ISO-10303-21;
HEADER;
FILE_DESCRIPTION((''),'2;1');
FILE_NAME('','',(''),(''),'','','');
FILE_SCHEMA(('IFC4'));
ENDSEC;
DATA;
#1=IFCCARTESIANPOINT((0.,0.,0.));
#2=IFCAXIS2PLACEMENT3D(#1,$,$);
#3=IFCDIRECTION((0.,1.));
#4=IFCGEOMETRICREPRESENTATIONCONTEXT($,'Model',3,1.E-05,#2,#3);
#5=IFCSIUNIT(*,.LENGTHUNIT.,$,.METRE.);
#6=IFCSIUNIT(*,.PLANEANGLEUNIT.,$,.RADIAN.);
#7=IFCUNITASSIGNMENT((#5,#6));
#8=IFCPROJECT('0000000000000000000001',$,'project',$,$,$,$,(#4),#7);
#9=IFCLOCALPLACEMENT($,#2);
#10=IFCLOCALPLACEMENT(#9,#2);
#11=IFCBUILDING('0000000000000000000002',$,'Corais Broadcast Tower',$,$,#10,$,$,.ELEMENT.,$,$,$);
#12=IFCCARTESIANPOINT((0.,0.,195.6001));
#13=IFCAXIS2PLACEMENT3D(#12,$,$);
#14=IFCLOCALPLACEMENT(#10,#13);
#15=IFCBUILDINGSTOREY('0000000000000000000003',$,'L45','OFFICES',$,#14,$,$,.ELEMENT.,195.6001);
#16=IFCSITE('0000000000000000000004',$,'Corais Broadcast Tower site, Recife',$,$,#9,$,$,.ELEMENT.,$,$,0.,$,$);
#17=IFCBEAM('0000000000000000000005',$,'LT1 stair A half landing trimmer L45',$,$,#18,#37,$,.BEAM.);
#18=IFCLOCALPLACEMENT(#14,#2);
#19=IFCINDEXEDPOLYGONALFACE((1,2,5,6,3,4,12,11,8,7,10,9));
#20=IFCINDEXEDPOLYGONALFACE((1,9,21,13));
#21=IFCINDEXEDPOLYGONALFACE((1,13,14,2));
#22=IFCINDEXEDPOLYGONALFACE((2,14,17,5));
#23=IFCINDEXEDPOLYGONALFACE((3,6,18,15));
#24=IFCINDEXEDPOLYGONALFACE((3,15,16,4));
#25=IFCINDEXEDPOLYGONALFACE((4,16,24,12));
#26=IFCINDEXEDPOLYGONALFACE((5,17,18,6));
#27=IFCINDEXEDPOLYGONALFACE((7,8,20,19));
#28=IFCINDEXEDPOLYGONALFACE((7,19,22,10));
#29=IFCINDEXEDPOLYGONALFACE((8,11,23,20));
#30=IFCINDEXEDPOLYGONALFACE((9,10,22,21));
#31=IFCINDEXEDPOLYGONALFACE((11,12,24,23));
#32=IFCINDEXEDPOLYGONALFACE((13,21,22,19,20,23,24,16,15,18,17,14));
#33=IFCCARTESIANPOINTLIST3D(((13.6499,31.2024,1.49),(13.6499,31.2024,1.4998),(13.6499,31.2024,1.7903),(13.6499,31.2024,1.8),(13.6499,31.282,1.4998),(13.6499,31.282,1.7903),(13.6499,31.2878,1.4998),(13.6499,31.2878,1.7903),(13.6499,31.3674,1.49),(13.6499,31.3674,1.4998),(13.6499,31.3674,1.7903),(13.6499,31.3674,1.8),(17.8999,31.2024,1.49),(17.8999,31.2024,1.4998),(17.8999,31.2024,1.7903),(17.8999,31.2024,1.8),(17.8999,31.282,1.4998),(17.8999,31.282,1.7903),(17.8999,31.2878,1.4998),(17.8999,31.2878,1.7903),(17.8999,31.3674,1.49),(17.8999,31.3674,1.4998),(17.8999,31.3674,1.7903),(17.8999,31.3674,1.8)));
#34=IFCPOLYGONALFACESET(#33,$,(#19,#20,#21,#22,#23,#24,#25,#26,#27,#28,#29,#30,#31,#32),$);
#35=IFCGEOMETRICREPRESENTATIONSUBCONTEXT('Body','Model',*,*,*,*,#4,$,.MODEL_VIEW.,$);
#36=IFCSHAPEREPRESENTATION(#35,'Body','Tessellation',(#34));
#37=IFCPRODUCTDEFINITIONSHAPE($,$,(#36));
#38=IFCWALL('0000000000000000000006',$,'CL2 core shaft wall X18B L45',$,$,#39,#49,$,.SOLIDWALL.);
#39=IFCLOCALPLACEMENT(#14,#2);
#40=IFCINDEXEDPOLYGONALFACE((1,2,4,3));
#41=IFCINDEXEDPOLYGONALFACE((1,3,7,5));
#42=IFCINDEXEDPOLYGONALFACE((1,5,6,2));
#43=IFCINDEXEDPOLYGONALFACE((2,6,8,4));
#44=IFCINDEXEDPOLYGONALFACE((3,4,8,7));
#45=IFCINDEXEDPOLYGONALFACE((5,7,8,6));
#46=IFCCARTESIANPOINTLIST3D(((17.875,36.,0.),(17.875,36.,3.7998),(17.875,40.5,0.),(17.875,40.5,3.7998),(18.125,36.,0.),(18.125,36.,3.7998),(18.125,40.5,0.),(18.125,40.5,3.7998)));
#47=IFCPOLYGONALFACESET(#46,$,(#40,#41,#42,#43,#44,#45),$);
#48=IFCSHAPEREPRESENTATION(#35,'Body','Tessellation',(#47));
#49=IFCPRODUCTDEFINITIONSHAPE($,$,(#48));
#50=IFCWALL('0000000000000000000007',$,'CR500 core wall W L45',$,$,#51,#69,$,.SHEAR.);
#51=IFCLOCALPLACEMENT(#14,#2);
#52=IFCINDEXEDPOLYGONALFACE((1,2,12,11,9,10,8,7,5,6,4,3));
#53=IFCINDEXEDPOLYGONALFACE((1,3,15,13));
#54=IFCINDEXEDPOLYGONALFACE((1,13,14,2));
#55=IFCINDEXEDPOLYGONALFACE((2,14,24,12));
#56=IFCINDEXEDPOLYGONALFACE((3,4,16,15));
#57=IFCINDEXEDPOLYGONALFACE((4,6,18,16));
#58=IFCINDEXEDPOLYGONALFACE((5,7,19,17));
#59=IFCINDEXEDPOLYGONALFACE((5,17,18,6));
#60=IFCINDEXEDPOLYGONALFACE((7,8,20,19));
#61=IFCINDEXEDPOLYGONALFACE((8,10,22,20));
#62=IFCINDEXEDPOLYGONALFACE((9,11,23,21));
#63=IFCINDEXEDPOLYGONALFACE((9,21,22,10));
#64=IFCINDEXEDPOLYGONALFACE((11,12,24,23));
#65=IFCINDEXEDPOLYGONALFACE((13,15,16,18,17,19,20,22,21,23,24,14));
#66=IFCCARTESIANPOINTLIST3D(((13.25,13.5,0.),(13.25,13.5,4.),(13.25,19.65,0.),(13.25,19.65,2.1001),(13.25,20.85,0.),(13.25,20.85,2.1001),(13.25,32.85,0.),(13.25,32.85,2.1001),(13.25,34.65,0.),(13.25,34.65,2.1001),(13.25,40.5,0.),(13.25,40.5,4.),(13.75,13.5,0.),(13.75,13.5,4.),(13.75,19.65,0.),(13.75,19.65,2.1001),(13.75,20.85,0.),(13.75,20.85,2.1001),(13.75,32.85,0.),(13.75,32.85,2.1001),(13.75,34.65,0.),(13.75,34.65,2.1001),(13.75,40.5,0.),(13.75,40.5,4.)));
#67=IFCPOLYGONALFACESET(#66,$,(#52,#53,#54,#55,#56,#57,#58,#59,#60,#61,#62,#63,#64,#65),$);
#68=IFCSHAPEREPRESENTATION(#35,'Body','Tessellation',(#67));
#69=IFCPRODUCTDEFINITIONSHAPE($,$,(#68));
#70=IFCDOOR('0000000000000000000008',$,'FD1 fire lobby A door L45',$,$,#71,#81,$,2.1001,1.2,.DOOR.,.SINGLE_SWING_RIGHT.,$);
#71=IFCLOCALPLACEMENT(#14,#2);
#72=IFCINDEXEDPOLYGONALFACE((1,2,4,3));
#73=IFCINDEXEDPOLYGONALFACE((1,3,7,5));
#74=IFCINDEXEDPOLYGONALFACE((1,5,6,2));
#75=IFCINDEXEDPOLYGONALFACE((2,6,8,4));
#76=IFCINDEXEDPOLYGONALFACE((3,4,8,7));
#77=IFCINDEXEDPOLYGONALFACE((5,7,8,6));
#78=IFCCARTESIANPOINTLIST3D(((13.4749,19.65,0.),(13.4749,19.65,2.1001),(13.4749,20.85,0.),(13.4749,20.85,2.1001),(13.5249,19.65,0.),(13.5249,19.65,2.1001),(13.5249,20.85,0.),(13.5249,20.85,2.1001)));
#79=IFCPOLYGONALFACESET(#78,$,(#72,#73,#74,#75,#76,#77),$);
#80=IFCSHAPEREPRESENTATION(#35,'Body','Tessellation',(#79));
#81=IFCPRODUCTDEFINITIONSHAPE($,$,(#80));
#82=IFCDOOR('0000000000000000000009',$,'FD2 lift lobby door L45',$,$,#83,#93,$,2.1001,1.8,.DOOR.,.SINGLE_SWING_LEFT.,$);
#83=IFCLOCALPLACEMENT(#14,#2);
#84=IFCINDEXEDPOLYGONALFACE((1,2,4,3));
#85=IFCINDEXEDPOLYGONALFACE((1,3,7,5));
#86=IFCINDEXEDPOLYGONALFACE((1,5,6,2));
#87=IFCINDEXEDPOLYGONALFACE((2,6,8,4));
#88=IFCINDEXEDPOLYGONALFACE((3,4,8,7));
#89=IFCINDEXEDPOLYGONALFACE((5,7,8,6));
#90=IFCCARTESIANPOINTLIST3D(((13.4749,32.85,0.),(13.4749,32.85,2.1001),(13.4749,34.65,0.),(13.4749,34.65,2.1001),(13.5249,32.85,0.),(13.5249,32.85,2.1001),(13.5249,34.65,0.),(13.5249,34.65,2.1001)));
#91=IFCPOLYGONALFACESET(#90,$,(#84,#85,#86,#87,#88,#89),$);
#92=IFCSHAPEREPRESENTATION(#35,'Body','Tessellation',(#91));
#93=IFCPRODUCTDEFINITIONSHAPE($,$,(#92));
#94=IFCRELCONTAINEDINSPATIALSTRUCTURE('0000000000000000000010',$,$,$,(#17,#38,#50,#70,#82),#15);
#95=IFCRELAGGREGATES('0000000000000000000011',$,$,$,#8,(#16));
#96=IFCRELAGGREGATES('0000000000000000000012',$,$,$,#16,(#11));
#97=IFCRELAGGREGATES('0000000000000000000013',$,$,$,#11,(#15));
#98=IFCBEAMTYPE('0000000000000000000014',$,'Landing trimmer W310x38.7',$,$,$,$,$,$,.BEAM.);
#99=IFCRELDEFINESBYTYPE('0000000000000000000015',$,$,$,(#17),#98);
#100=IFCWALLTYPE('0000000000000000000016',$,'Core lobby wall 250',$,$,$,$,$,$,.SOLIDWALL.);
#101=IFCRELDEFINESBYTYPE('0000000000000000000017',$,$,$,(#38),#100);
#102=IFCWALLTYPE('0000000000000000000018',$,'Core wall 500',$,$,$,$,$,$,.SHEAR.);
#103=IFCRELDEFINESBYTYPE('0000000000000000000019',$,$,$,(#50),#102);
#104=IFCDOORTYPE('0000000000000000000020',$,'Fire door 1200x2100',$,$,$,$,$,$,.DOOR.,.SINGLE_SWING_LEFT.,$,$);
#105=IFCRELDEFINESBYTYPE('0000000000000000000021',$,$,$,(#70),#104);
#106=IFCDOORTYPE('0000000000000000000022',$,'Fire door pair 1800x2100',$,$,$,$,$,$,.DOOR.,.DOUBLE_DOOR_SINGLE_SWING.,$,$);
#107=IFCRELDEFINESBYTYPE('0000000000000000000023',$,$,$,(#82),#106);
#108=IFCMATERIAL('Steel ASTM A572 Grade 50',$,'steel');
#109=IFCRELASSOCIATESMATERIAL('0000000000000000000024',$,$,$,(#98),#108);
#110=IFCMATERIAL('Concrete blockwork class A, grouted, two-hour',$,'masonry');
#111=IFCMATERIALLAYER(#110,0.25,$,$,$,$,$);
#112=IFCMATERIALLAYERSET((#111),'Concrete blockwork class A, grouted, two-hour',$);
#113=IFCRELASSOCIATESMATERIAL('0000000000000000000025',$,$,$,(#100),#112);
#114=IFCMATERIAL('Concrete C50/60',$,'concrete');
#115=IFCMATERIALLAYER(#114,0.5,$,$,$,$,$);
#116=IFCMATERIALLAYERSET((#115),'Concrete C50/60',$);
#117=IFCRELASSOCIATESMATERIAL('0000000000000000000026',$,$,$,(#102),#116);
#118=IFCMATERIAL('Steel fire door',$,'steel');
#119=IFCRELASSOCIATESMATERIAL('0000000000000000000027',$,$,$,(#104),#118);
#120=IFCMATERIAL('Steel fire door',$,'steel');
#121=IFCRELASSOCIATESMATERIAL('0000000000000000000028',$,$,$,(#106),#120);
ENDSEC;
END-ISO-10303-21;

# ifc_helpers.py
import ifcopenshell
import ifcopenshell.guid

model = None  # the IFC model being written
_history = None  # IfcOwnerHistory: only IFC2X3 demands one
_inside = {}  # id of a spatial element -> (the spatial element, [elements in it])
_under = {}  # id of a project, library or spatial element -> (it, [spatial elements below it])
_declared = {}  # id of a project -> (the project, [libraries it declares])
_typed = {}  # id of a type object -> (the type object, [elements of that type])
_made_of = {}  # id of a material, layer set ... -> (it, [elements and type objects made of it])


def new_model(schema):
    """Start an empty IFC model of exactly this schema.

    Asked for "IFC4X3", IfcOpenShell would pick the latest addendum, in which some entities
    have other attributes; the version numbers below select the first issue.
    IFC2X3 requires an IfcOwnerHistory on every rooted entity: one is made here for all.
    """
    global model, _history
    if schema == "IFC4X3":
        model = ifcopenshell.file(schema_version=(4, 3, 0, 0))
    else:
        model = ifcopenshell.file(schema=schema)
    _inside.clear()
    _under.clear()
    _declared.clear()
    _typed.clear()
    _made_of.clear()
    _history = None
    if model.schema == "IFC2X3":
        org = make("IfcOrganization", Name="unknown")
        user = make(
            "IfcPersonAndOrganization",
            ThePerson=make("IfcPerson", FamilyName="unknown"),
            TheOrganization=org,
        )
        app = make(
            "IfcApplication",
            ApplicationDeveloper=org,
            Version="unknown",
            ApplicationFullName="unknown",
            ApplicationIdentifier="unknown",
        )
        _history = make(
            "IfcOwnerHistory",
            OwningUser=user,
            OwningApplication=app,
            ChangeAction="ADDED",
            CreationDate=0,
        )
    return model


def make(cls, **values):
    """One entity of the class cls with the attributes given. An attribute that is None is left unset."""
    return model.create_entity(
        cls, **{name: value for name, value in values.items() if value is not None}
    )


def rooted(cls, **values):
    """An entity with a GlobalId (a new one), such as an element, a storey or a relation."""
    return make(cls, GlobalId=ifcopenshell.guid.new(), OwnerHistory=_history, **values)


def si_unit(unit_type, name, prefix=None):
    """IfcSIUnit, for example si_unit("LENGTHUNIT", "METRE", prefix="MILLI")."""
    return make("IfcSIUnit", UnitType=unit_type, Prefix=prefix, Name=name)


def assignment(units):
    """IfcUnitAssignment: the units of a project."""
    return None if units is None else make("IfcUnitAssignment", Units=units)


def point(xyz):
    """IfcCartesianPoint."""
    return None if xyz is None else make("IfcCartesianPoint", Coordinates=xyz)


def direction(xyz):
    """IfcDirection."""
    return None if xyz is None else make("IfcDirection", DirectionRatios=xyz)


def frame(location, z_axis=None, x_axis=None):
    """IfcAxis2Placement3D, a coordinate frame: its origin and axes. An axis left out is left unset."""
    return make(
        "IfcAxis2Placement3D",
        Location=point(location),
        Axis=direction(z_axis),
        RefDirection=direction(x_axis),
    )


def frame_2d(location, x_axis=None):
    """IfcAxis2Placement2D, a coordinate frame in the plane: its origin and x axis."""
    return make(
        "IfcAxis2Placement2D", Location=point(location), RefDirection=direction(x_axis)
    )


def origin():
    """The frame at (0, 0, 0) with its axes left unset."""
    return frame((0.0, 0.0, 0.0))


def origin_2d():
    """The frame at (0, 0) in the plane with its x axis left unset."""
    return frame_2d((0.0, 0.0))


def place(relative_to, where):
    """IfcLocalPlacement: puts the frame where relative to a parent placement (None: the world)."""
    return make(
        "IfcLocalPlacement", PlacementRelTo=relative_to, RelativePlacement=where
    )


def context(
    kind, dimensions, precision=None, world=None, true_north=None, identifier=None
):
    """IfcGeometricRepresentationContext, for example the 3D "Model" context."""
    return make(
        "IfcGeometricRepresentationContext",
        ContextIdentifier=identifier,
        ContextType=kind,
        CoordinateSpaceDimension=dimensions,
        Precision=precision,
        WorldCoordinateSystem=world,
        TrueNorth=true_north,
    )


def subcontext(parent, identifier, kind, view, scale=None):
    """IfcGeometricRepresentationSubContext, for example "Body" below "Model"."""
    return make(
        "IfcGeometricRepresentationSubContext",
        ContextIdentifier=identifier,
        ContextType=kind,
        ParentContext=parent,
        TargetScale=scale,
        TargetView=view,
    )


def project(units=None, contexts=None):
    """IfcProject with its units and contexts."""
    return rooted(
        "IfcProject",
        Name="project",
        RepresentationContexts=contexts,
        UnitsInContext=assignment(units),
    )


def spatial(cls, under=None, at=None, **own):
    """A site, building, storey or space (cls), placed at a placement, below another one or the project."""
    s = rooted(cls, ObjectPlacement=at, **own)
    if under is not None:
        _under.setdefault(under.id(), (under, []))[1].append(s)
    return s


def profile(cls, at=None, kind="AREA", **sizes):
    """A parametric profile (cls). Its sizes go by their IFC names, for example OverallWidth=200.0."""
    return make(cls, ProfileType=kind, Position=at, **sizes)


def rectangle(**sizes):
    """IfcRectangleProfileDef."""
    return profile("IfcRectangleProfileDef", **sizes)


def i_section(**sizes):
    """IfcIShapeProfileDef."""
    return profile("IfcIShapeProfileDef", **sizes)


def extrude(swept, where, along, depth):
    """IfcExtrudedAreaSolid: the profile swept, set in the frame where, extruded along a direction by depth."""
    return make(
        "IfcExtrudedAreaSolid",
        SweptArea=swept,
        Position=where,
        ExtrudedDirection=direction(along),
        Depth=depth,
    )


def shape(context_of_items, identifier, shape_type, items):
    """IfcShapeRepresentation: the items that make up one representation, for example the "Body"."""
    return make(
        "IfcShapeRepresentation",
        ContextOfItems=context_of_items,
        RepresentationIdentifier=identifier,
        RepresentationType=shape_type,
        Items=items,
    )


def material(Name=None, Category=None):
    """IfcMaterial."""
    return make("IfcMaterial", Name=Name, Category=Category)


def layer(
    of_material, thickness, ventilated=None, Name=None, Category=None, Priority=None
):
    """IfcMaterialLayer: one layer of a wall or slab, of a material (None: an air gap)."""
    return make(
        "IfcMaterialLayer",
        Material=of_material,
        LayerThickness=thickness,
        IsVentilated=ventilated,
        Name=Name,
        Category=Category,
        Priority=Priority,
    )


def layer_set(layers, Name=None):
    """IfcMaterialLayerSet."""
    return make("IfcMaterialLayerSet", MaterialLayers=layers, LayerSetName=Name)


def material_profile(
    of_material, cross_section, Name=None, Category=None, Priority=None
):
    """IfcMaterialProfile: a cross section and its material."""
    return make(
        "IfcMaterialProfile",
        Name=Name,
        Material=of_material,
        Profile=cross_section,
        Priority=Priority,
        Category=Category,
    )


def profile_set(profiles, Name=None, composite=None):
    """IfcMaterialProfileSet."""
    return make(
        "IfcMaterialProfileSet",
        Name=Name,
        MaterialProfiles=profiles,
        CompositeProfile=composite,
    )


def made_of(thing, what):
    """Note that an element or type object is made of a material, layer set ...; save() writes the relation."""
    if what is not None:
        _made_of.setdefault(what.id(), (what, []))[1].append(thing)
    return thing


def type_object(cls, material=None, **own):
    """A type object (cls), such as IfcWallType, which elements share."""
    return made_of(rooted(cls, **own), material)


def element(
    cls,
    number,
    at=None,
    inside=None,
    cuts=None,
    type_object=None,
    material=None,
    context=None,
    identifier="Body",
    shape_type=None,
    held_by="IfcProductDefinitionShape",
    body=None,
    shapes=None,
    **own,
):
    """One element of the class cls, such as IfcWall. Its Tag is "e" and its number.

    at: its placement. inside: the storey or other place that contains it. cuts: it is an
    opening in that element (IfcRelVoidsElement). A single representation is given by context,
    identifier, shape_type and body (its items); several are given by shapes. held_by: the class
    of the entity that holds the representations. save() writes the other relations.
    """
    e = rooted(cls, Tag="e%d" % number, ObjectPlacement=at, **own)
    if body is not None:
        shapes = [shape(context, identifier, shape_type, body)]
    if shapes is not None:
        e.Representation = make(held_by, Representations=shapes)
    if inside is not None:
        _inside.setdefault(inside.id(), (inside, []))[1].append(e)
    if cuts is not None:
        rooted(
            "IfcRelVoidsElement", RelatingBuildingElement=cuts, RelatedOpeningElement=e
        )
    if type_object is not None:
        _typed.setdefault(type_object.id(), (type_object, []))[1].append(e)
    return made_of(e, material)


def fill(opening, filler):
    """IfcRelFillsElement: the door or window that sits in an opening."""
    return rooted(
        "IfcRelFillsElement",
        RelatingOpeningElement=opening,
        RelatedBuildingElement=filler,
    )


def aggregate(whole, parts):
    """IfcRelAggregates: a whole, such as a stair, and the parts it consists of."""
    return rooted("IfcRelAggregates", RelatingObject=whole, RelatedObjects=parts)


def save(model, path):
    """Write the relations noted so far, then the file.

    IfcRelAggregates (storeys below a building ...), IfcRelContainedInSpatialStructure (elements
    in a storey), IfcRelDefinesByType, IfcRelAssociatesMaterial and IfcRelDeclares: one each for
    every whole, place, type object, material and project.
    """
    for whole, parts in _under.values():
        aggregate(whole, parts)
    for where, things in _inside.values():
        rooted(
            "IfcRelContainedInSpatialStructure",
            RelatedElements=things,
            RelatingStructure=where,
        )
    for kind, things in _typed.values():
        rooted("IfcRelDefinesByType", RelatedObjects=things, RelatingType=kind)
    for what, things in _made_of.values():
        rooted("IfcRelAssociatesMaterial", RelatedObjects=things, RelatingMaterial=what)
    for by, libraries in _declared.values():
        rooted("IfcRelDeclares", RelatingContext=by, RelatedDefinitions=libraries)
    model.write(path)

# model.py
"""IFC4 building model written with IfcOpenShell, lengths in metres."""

from ifc_helpers import new_model, si_unit, direction, frame, frame_2d, origin, origin_2d, place, context, subcontext, project, spatial, rectangle, i_section, extrude, material, layer, layer_set, material_profile, profile_set, type_object, element, fill, save


model = new_model("IFC4")

# Units and contexts
model_context = context("Model", 3, precision=1e-05, world=origin(), true_north=direction((0.0, 1.0)))
body_context = subcontext(model_context, "Body", "Model", "MODEL_VIEW")
ifc_project = project(units=[si_unit("LENGTHUNIT", "METRE"), si_unit("PLANEANGLEUNIT", "RADIAN")], contexts=[model_context])

# Site, building, storey
site_placement = place(None, origin())
site = spatial("IfcSite", under=ifc_project, at=site_placement, Name="Corais Broadcast Tower site, Recife", CompositionType="ELEMENT", RefElevation=0.0)
building_placement = place(site_placement, origin())
building = spatial("IfcBuilding", under=site, at=building_placement, Name="Corais Broadcast Tower", CompositionType="ELEMENT")
storey_placement = place(building_placement, frame((0.0, 0.0, 195.6001)))
storey = spatial("IfcBuildingStorey", under=building, at=storey_placement, Name="L45", Description="OFFICES", CompositionType="ELEMENT", Elevation=195.6001)

# Beam
ifc_material_1 = material(Name="Steel ASTM A572 Grade 50", Category="steel")
ifc_material_profile = material_profile(ifc_material_1, i_section(OverallWidth=0.165, OverallDepth=0.3101, WebThickness=0.0059, FlangeThickness=0.0098, at=origin_2d()), Name="W310x38.7")
ifc_profile_set = profile_set([ifc_material_profile], Name="Steel ASTM A572 Grade 50")
beam_type = type_object("IfcBeamType", Name="Landing trimmer W310x38.7", PredefinedType="BEAM", material=ifc_profile_set)
beam_placement = place(storey_placement, frame((13.6499, 31.2849, 1.645), z_axis=(1.0, 0.0, 0.0), x_axis=(0.0, 1.0, 0.0)))
element("IfcBeam", 1, at=beam_placement, inside=storey, type_object=beam_type, Name="LT1 stair A half landing trimmer L45", PredefinedType="BEAM", context=body_context, shape_type="SweptSolid", body=[
    extrude(i_section(OverallWidth=0.165, OverallDepth=0.3101, WebThickness=0.0059, FlangeThickness=0.0098, at=origin_2d()), origin(), (0.0, 0.0, 1.0), 4.25),
])

# Wall
ifc_material_2 = material(Name="Concrete blockwork class A, grouted, two-hour", Category="masonry")
ifc_layer_1 = layer(ifc_material_2, 0.25)
ifc_layer_set_1 = layer_set([ifc_layer_1], Name="Concrete blockwork class A, grouted, two-hour")
wall_type_1 = type_object("IfcWallType", Name="Core lobby wall 250", PredefinedType="SOLIDWALL", material=ifc_layer_set_1)
wall_1_placement = place(storey_placement, frame((18.0, 36.0, 0.0), z_axis=(0.0, 0.0, 1.0), x_axis=(0.0, 1.0, 0.0)))
element("IfcWall", 2, at=wall_1_placement, inside=storey, type_object=wall_type_1, Name="CL2 core shaft wall X18B L45", PredefinedType="SOLIDWALL", context=body_context, shape_type="SweptSolid", body=[
    extrude(rectangle(XDim=4.5, YDim=0.25, at=frame_2d((2.25, 0.0))), origin(), (0.0, 0.0, 1.0), 3.7998),
])

# Wall, openings, doors
ifc_material_3 = material(Name="Concrete C50/60", Category="concrete")
ifc_layer_2 = layer(ifc_material_3, 0.5)
ifc_layer_set_2 = layer_set([ifc_layer_2], Name="Concrete C50/60")
wall_type_2 = type_object("IfcWallType", Name="Core wall 500", PredefinedType="SHEAR", material=ifc_layer_set_2)
wall_2_placement = place(storey_placement, frame((13.5, 40.5, 0.0), z_axis=(0.0, 0.0, 1.0), x_axis=(0.0, -1.0, 0.0)))
wall_2 = element("IfcWall", 3, at=wall_2_placement, inside=storey, type_object=wall_type_2, Name="CR500 core wall W L45", PredefinedType="SHEAR", context=body_context, shape_type="SweptSolid", body=[
    extrude(rectangle(XDim=27.0, YDim=0.5, at=frame_2d((13.5, 0.0))), origin(), (0.0, 0.0, 1.0), 4.0),
])
opening_1_placement = place(wall_2_placement, frame((19.6499, 0.0, 0.0)))
opening_1 = element("IfcOpeningElement", 4, at=opening_1_placement, cuts=wall_2, PredefinedType="OPENING", context=body_context, shape_type="SweptSolid", body=[
    extrude(rectangle(XDim=1.2, YDim=2.1001, at=frame_2d((0.6001, 1.05))), frame((0.0, 0.26, 0.0), z_axis=(0.0, -1.0, 0.0), x_axis=(1.0, 0.0, 0.0)), (0.0, 0.0, 1.0), 0.52),
])
opening_2_placement = place(wall_2_placement, frame((5.8501, 0.0, 0.0)))
opening_2 = element("IfcOpeningElement", 5, at=opening_2_placement, cuts=wall_2, PredefinedType="OPENING", context=body_context, shape_type="SweptSolid", body=[
    extrude(rectangle(XDim=1.8, YDim=2.1001, at=frame_2d((0.8999, 1.05))), frame((0.0, 0.26, 0.0), z_axis=(0.0, -1.0, 0.0), x_axis=(1.0, 0.0, 0.0)), (0.0, 0.0, 1.0), 0.52),
])
ifc_material_4 = material(Name="Steel fire door", Category="steel")
door_type_1 = type_object("IfcDoorType", Name="Fire door 1200x2100", OperationType="SINGLE_SWING_LEFT", PredefinedType="DOOR", material=ifc_material_4)
door_1_placement = place(opening_1_placement, origin())
door_1 = element("IfcDoor", 6, at=door_1_placement, inside=storey, type_object=door_type_1, Name="FD1 fire lobby A door L45", OperationType="SINGLE_SWING_RIGHT", OverallHeight=2.1001, OverallWidth=1.2, PredefinedType="DOOR", context=body_context, shape_type="SweptSolid", body=[
    extrude(rectangle(XDim=1.2, YDim=2.1001, at=frame_2d((0.6001, 1.05))), frame((0.0, 0.0249, 0.0), z_axis=(0.0, -1.0, 0.0), x_axis=(1.0, 0.0, 0.0)), (0.0, 0.0, 1.0), 0.05),
])
fill(opening_1, door_1)
ifc_material_5 = material(Name="Steel fire door", Category="steel")
door_type_2 = type_object("IfcDoorType", Name="Fire door pair 1800x2100", OperationType="DOUBLE_DOOR_SINGLE_SWING", PredefinedType="DOOR", material=ifc_material_5)
door_2_placement = place(opening_2_placement, origin())
door_2 = element("IfcDoor", 7, at=door_2_placement, inside=storey, type_object=door_type_2, Name="FD2 lift lobby door L45", OperationType="SINGLE_SWING_LEFT", OverallHeight=2.1001, OverallWidth=1.8, PredefinedType="DOOR", context=body_context, shape_type="SweptSolid", body=[
    extrude(rectangle(XDim=1.8, YDim=2.1001, at=frame_2d((0.8999, 1.05))), frame((0.0, 0.0249, 0.0), z_axis=(0.0, -1.0, 0.0), x_axis=(1.0, 0.0, 0.0)), (0.0, 0.0, 1.0), 0.05),
])
fill(opening_2, door_2)

save(model, "model.ifc")
